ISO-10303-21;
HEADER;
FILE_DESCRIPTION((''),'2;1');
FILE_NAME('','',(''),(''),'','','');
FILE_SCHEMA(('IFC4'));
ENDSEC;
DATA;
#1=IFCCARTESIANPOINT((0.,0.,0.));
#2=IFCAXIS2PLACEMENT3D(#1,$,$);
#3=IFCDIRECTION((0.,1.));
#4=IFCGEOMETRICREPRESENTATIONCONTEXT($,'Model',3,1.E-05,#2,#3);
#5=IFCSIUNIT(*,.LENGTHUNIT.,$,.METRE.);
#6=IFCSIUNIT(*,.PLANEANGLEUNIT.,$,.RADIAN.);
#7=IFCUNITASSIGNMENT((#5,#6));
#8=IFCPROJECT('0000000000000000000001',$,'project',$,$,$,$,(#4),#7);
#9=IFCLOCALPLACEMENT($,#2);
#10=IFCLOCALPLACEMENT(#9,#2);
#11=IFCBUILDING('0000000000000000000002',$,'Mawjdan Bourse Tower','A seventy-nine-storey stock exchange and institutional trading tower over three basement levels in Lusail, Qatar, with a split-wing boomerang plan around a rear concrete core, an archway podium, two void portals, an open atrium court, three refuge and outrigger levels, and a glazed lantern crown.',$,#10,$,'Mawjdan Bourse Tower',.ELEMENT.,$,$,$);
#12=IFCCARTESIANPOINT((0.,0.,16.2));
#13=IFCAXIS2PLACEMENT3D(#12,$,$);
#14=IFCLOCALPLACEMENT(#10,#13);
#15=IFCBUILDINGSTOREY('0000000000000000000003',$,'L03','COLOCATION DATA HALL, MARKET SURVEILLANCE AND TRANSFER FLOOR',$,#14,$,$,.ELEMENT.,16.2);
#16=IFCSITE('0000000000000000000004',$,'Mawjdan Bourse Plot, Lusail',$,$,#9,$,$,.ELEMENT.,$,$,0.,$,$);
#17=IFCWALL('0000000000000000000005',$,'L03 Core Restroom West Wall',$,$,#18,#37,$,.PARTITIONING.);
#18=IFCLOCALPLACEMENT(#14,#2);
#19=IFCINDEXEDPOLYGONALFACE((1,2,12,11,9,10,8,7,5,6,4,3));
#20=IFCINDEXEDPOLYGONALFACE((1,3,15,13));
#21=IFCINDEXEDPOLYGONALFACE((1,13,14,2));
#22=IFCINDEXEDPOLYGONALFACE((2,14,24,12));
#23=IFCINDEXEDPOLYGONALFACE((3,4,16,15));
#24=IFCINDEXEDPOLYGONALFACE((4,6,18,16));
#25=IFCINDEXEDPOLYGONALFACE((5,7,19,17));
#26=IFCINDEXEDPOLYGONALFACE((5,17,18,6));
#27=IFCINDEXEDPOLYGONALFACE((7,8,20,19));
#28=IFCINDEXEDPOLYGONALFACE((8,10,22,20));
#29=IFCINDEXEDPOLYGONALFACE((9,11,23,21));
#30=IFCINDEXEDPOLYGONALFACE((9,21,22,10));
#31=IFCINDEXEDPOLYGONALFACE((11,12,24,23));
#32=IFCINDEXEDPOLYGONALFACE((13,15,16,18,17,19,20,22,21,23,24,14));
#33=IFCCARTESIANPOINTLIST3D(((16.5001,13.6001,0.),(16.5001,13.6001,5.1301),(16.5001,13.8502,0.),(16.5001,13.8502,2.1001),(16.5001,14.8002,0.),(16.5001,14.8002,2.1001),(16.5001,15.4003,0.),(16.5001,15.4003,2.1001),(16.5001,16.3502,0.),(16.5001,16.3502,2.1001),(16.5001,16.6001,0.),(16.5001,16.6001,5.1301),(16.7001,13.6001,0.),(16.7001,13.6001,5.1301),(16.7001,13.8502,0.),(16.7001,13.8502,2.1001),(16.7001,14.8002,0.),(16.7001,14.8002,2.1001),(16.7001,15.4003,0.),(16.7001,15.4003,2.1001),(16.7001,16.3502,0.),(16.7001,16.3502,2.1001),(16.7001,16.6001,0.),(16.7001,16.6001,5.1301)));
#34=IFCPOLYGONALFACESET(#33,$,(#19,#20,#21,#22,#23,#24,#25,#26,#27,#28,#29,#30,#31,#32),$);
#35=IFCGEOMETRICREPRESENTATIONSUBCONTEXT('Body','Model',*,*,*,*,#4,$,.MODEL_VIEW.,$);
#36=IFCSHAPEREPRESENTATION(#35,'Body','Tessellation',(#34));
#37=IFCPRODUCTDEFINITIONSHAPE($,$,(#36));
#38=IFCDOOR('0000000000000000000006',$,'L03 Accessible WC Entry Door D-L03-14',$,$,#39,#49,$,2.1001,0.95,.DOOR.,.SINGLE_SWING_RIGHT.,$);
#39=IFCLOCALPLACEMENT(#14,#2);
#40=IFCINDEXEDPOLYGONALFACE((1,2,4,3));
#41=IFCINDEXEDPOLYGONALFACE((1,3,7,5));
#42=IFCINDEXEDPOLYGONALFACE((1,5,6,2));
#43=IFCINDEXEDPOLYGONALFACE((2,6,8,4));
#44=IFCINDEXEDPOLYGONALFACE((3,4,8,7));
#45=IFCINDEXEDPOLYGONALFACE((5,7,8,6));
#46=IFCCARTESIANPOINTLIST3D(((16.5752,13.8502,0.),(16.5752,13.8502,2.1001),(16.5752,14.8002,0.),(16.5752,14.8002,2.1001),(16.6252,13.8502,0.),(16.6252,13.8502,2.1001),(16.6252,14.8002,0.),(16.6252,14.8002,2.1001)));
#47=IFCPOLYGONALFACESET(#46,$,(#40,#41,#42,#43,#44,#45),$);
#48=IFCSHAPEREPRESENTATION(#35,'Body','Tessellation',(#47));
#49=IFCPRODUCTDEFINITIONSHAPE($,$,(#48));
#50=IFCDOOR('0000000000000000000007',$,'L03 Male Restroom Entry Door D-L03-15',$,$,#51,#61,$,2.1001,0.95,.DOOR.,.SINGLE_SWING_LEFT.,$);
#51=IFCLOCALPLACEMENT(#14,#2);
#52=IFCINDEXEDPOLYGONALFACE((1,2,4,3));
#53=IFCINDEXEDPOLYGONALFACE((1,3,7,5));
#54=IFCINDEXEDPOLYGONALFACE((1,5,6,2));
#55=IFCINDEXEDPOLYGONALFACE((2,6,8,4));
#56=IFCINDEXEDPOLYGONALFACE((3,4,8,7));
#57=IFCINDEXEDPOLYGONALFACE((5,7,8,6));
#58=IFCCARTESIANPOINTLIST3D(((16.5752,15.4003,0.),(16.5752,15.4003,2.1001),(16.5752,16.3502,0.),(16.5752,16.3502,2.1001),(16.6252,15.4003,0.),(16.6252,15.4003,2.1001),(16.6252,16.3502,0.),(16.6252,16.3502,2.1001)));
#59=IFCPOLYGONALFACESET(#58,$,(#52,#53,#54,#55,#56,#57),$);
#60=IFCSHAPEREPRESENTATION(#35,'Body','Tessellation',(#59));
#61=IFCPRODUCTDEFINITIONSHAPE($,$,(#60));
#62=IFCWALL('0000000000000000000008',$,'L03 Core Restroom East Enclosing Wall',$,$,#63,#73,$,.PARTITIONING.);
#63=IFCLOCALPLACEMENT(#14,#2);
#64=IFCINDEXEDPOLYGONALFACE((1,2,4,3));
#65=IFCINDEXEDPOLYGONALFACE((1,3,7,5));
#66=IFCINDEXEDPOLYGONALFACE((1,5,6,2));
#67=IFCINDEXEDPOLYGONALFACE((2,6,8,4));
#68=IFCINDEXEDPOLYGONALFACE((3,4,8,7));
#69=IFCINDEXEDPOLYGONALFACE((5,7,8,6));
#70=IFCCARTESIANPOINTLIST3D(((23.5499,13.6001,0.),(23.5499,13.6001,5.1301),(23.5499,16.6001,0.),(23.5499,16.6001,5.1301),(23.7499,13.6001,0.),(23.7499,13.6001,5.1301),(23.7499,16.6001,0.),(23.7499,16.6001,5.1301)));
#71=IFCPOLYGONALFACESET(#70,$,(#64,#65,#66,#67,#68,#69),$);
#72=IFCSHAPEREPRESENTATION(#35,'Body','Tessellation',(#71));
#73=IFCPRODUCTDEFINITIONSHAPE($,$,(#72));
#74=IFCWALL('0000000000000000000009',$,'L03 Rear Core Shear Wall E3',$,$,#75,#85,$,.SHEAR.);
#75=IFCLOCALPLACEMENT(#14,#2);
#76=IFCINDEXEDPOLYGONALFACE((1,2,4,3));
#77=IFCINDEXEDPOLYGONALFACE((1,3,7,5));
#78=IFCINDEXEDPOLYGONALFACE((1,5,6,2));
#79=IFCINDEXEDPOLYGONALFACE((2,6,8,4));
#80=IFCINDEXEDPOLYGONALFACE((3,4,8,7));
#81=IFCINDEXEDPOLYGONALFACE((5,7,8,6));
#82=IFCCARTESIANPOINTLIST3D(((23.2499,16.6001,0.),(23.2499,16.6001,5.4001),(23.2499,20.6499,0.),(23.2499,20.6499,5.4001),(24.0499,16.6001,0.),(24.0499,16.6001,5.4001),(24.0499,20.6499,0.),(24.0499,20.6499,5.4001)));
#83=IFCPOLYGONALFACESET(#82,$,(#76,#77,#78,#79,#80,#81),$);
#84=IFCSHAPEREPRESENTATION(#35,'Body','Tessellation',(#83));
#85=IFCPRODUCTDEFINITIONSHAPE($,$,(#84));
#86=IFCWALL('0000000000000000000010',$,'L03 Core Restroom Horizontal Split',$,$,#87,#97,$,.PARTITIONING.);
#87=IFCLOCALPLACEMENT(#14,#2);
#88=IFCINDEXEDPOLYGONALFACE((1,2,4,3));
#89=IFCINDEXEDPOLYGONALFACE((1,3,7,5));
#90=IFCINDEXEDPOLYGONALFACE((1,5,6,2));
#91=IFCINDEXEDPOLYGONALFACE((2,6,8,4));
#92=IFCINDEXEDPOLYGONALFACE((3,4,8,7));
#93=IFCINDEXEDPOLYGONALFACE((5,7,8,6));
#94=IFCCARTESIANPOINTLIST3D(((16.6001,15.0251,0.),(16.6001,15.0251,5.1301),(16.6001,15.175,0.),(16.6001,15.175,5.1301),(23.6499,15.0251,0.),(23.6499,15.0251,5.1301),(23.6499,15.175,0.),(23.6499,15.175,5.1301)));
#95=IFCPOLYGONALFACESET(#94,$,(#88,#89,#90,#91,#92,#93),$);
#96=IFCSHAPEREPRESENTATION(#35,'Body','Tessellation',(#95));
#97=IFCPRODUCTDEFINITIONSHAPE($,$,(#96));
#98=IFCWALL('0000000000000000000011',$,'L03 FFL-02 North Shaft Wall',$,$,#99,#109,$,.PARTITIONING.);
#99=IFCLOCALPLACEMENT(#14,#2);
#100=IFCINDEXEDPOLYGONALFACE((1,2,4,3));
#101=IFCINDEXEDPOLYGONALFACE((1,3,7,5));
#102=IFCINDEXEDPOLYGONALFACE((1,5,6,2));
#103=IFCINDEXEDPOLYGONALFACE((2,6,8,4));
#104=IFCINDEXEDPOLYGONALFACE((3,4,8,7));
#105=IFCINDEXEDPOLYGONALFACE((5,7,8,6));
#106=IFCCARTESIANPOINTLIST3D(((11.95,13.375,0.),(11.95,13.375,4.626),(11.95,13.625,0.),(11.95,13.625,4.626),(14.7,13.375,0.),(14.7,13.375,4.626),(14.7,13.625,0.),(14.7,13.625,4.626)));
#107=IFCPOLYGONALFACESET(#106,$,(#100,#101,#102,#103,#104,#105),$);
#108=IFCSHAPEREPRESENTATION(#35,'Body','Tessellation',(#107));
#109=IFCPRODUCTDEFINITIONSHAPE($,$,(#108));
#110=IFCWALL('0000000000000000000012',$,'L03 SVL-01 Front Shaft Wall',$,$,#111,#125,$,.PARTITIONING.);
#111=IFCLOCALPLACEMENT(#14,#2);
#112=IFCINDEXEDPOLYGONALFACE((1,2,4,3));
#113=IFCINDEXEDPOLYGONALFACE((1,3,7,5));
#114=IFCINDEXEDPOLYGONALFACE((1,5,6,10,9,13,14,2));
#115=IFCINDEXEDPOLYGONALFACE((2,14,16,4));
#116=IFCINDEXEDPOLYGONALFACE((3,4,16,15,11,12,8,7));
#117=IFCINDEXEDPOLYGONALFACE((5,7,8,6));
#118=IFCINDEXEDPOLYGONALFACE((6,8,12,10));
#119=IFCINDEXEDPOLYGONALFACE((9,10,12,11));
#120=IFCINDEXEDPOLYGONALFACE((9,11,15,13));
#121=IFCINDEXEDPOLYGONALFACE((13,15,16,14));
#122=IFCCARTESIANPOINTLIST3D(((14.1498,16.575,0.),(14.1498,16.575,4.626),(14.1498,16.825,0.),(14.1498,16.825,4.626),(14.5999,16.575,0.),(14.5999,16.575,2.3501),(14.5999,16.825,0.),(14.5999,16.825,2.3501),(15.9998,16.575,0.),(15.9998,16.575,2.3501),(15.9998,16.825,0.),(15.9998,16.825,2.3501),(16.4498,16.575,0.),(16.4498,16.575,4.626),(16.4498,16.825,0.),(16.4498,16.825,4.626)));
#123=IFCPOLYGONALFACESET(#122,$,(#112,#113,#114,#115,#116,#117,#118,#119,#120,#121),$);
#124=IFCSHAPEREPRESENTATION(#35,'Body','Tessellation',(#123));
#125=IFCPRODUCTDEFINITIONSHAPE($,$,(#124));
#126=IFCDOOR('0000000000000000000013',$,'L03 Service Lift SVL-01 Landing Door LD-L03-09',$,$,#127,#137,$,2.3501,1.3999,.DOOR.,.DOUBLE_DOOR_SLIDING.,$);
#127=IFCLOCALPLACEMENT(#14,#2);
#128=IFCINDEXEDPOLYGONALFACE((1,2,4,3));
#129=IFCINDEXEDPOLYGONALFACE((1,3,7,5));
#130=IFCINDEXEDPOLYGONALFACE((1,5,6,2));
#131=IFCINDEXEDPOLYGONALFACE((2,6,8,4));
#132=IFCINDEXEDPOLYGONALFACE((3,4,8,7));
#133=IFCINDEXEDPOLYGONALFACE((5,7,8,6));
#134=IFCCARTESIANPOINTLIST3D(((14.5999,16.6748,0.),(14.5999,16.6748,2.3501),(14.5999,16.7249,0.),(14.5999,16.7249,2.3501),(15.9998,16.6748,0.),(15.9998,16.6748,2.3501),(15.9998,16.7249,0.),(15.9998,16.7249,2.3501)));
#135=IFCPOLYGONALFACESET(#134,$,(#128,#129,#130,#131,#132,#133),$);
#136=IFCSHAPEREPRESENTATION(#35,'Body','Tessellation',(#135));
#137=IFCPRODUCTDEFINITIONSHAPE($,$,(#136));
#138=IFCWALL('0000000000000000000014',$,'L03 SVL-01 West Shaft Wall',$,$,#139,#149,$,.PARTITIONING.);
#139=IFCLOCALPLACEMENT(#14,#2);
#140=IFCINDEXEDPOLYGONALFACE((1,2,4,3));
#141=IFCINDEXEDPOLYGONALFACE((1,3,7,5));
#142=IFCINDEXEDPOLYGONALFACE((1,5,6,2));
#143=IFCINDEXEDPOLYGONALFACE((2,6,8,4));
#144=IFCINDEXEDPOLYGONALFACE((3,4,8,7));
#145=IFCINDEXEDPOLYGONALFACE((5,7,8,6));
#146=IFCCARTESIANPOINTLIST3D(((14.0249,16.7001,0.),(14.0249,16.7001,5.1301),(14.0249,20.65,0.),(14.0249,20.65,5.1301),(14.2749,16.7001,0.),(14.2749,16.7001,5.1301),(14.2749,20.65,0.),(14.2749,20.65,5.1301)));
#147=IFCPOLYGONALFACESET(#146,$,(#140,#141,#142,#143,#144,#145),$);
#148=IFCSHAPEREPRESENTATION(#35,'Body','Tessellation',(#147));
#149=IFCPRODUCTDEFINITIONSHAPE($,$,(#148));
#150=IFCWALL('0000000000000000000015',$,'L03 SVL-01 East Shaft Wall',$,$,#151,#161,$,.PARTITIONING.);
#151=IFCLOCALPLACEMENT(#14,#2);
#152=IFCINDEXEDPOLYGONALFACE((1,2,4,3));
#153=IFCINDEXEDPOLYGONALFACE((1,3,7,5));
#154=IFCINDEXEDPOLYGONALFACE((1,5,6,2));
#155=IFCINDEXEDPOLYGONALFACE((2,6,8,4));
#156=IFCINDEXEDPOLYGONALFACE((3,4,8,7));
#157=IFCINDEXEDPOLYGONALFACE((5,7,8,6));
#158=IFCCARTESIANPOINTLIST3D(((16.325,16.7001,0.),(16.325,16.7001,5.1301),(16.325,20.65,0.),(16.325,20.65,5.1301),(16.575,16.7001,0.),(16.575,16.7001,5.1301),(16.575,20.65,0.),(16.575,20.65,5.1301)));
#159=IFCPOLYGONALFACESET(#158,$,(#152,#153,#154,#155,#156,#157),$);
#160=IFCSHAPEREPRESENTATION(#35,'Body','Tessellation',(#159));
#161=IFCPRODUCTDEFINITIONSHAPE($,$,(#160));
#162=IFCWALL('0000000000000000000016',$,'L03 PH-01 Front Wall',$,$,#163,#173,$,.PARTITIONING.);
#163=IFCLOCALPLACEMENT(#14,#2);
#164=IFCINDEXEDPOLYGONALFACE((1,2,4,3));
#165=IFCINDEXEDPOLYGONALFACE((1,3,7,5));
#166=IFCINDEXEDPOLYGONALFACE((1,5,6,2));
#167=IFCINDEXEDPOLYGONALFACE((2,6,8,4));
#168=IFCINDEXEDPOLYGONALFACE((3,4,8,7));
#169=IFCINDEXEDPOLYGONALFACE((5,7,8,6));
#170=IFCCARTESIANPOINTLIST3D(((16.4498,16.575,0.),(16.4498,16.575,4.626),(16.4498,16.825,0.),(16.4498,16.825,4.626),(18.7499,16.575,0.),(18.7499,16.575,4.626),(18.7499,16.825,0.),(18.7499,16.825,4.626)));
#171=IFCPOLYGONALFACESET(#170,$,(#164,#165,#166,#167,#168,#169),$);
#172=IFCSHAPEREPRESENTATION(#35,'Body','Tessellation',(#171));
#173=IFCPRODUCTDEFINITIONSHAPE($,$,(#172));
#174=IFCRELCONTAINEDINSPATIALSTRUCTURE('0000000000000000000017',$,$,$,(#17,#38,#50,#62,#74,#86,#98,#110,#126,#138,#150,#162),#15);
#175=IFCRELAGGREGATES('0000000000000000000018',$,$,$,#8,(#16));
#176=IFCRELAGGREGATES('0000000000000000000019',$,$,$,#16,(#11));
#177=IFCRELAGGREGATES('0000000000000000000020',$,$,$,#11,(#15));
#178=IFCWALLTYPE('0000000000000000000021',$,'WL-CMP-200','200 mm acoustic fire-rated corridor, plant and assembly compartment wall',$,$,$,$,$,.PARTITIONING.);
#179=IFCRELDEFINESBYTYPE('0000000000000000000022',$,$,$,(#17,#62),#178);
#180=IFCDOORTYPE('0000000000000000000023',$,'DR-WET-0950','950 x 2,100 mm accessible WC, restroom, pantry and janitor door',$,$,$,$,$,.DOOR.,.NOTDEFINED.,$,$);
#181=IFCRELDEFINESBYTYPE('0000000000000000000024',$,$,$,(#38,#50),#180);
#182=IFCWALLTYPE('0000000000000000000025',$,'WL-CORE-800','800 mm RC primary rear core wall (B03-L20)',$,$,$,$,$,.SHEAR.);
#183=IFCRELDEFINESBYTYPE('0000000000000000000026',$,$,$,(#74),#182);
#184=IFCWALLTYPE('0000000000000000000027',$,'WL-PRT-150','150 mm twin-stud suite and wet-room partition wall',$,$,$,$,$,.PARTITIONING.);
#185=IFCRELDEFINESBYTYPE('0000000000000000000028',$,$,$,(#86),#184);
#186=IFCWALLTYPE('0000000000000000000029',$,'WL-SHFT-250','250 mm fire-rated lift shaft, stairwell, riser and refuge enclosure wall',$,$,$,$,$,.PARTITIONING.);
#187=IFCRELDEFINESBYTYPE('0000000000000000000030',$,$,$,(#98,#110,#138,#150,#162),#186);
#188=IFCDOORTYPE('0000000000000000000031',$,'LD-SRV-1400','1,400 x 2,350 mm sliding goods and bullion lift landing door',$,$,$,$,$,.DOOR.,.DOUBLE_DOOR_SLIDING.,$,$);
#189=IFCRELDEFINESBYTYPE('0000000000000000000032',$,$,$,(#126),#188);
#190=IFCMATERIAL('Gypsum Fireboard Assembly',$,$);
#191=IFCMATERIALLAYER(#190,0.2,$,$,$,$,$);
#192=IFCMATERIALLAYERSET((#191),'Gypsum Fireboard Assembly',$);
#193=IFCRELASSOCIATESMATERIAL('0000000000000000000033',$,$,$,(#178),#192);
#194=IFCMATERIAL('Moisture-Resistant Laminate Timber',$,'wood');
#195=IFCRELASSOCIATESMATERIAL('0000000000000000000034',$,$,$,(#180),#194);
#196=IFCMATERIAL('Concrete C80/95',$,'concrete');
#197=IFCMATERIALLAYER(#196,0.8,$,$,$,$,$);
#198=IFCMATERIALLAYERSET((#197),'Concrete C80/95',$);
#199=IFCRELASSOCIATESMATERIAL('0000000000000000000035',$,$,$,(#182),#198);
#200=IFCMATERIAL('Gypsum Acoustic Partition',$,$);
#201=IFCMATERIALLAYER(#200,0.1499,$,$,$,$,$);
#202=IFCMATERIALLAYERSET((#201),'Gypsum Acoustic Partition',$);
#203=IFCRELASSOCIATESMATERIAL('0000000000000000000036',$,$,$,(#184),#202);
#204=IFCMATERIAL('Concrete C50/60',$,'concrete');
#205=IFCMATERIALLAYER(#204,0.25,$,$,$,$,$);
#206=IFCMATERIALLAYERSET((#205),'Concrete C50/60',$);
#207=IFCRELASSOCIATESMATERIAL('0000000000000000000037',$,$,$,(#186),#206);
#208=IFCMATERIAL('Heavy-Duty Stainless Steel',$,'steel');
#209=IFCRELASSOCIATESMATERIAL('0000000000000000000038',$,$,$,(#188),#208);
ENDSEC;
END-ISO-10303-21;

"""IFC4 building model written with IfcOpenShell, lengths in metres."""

from ifc_helpers import new_model, si_unit, direction, frame, frame_2d, origin, place, context, subcontext, project, spatial, rectangle, extrude, material, layer, layer_set, type_object, element, fill, save


model = new_model("IFC4")

# Units and contexts
model_context = context("Model", 3, precision=1e-05, world=origin(), true_north=direction((0.0, 1.0)))
body_context = subcontext(model_context, "Body", "Model", "MODEL_VIEW")
ifc_project = project(units=[si_unit("LENGTHUNIT", "METRE"), si_unit("PLANEANGLEUNIT", "RADIAN")], contexts=[model_context])

# Site, building, storey
site_placement = place(None, origin())
site = spatial("IfcSite", under=ifc_project, at=site_placement, Name="Mawjdan Bourse Plot, Lusail", CompositionType="ELEMENT", RefElevation=0.0)
building_placement = place(site_placement, origin())
building = spatial("IfcBuilding", under=site, at=building_placement, Name="Mawjdan Bourse Tower", Description="A seventy-nine-storey stock exchange and institutional trading tower over three basement levels in Lusail, Qatar, with a split-wing boomerang plan around a rear concrete core, an archway podium, two void portals, an open atrium court, three refuge and outrigger levels, and a glazed lantern crown.", LongName="Mawjdan Bourse Tower", CompositionType="ELEMENT")
storey_placement = place(building_placement, frame((0.0, 0.0, 16.2)))
storey = spatial("IfcBuildingStorey", under=building, at=storey_placement, Name="L03", Description="COLOCATION DATA HALL, MARKET SURVEILLANCE AND TRANSFER FLOOR", CompositionType="ELEMENT", Elevation=16.2)

# Wall, openings, doors
ifc_material_1 = material(Name="Gypsum Fireboard Assembly")
ifc_layer_1 = layer(ifc_material_1, 0.2)
ifc_layer_set_1 = layer_set([ifc_layer_1], Name="Gypsum Fireboard Assembly")
wall_type_1 = type_object("IfcWallType", Name="WL-CMP-200", Description="200 mm acoustic fire-rated corridor, plant and assembly compartment wall", PredefinedType="PARTITIONING", material=ifc_layer_set_1)
wall_1_placement = place(storey_placement, frame((16.6001, 13.6001, 0.0), z_axis=(0.0, 0.0, 1.0), x_axis=(0.0, 1.0, 0.0)))
wall_1 = element("IfcWall", 1, at=wall_1_placement, inside=storey, type_object=wall_type_1, Name="L03 Core Restroom West Wall", PredefinedType="PARTITIONING", context=body_context, shape_type="SweptSolid", body=[
    extrude(rectangle(XDim=3.0, YDim=0.2, at=frame_2d((1.5, 0.0))), origin(), (0.0, 0.0, 1.0), 5.1301),
])
opening_1_placement = place(wall_1_placement, frame((0.25, 0.0, 0.0)))
opening_1 = element("IfcOpeningElement", 2, at=opening_1_placement, cuts=wall_1, PredefinedType="OPENING", context=body_context, shape_type="SweptSolid", body=[
    extrude(rectangle(XDim=0.95, YDim=2.1001, at=frame_2d((0.4751, 1.05))), frame((0.0, 0.1099, 0.0), z_axis=(0.0, -1.0, 0.0), x_axis=(1.0, 0.0, 0.0)), (0.0, 0.0, 1.0), 0.22),
])
opening_2_placement = place(wall_1_placement, frame((1.8, 0.0, 0.0)))
opening_2 = element("IfcOpeningElement", 3, at=opening_2_placement, cuts=wall_1, PredefinedType="OPENING", context=body_context, shape_type="SweptSolid", body=[
    extrude(rectangle(XDim=0.95, YDim=2.1001, at=frame_2d((0.4751, 1.05))), frame((0.0, 0.1099, 0.0), z_axis=(0.0, -1.0, 0.0), x_axis=(1.0, 0.0, 0.0)), (0.0, 0.0, 1.0), 0.22),
])
ifc_material_2 = material(Name="Moisture-Resistant Laminate Timber", Category="wood")
door_type_1 = type_object("IfcDoorType", Name="DR-WET-0950", Description="950 x 2,100 mm accessible WC, restroom, pantry and janitor door", OperationType="NOTDEFINED", PredefinedType="DOOR", material=ifc_material_2)
door_1_placement = place(opening_1_placement, origin())
door_1 = element("IfcDoor", 4, at=door_1_placement, inside=storey, type_object=door_type_1, Name="L03 Accessible WC Entry Door D-L03-14", OperationType="SINGLE_SWING_RIGHT", OverallHeight=2.1001, OverallWidth=0.95, PredefinedType="DOOR", context=body_context, shape_type="SweptSolid", body=[
    extrude(rectangle(XDim=0.95, YDim=2.1001, at=frame_2d((0.4751, 1.05))), frame((0.0, 0.0249, 0.0), z_axis=(0.0, -1.0, 0.0), x_axis=(1.0, 0.0, 0.0)), (0.0, 0.0, 1.0), 0.05),
])
fill(opening_1, door_1)
door_2_placement = place(opening_2_placement, origin())
door_2 = element("IfcDoor", 5, at=door_2_placement, inside=storey, type_object=door_type_1, Name="L03 Male Restroom Entry Door D-L03-15", OperationType="SINGLE_SWING_LEFT", OverallHeight=2.1001, OverallWidth=0.95, PredefinedType="DOOR", context=body_context, shape_type="SweptSolid", body=[
    extrude(rectangle(XDim=0.95, YDim=2.1001, at=frame_2d((0.4751, 1.05))), frame((0.0, 0.0249, 0.0), z_axis=(0.0, -1.0, 0.0), x_axis=(1.0, 0.0, 0.0)), (0.0, 0.0, 1.0), 0.05),
])
fill(opening_2, door_2)

# Walls
wall_2_placement = place(storey_placement, frame((23.6499, 13.6001, 0.0), z_axis=(0.0, 0.0, 1.0), x_axis=(0.0, 1.0, 0.0)))
element("IfcWall", 6, at=wall_2_placement, inside=storey, type_object=wall_type_1, Name="L03 Core Restroom East Enclosing Wall", PredefinedType="PARTITIONING", context=body_context, shape_type="SweptSolid", body=[
    extrude(rectangle(XDim=3.0, YDim=0.2, at=frame_2d((1.5, 0.0))), origin(), (0.0, 0.0, 1.0), 5.1301),
])
ifc_material_3 = material(Name="Concrete C80/95", Category="concrete")
ifc_layer_2 = layer(ifc_material_3, 0.8)
ifc_layer_set_2 = layer_set([ifc_layer_2], Name="Concrete C80/95")
wall_type_2 = type_object("IfcWallType", Name="WL-CORE-800", Description="800 mm RC primary rear core wall (B03-L20)", PredefinedType="SHEAR", material=ifc_layer_set_2)
wall_3_placement = place(storey_placement, frame((23.6499, 16.6001, 0.0), z_axis=(0.0, 0.0, 1.0), x_axis=(0.0, 1.0, 0.0)))
element("IfcWall", 7, at=wall_3_placement, inside=storey, type_object=wall_type_2, Name="L03 Rear Core Shear Wall E3", PredefinedType="SHEAR", context=body_context, shape_type="SweptSolid", body=[
    extrude(rectangle(XDim=4.0498, YDim=0.8, at=frame_2d((2.0249, 0.0))), origin(), (0.0, 0.0, 1.0), 5.4001),
])
ifc_material_4 = material(Name="Gypsum Acoustic Partition")
ifc_layer_3 = layer(ifc_material_4, 0.1499)
ifc_layer_set_3 = layer_set([ifc_layer_3], Name="Gypsum Acoustic Partition")
wall_type_3 = type_object("IfcWallType", Name="WL-PRT-150", Description="150 mm twin-stud suite and wet-room partition wall", PredefinedType="PARTITIONING", material=ifc_layer_set_3)
wall_4_placement = place(storey_placement, frame((16.6001, 15.1001, 0.0), z_axis=(0.0, 0.0, 1.0), x_axis=(1.0, 0.0, 0.0)))
element("IfcWall", 8, at=wall_4_placement, inside=storey, type_object=wall_type_3, Name="L03 Core Restroom Horizontal Split", PredefinedType="PARTITIONING", context=body_context, shape_type="SweptSolid", body=[
    extrude(rectangle(XDim=7.0498, YDim=0.1499, at=frame_2d((3.5249, 0.0))), origin(), (0.0, 0.0, 1.0), 5.1301),
])
ifc_material_5 = material(Name="Concrete C50/60", Category="concrete")
ifc_layer_4 = layer(ifc_material_5, 0.25)
ifc_layer_set_4 = layer_set([ifc_layer_4], Name="Concrete C50/60")
wall_type_4 = type_object("IfcWallType", Name="WL-SHFT-250", Description="250 mm fire-rated lift shaft, stairwell, riser and refuge enclosure wall", PredefinedType="PARTITIONING", material=ifc_layer_set_4)
wall_5_placement = place(storey_placement, frame((11.95, 13.5, 0.0), z_axis=(0.0, 0.0, 1.0), x_axis=(1.0, 0.0, 0.0)))
element("IfcWall", 9, at=wall_5_placement, inside=storey, type_object=wall_type_4, Name="L03 FFL-02 North Shaft Wall", PredefinedType="PARTITIONING", context=body_context, shape_type="SweptSolid", body=[
    extrude(rectangle(XDim=2.75, YDim=0.25, at=frame_2d((1.375, 0.0))), origin(), (0.0, 0.0, 1.0), 4.626),
])

# Wall, opening, door
wall_6_placement = place(storey_placement, frame((14.1499, 16.7, 0.0), z_axis=(0.0, 0.0, 1.0), x_axis=(1.0, 0.0, 0.0)))
wall_6 = element("IfcWall", 10, at=wall_6_placement, inside=storey, type_object=wall_type_4, Name="L03 SVL-01 Front Shaft Wall", PredefinedType="PARTITIONING", context=body_context, shape_type="SweptSolid", body=[
    extrude(rectangle(XDim=2.3, YDim=0.25, at=frame_2d((1.1499, 0.0))), origin(), (0.0, 0.0, 1.0), 4.626),
])
opening_3_placement = place(wall_6_placement, frame((0.45, 0.0, 0.0)))
opening_3 = element("IfcOpeningElement", 11, at=opening_3_placement, cuts=wall_6, PredefinedType="OPENING", context=body_context, shape_type="SweptSolid", body=[
    extrude(rectangle(XDim=1.3999, YDim=2.3501, at=frame_2d((0.7, 1.175))), frame((0.0, 0.135, 0.0), z_axis=(0.0, -1.0, 0.0), x_axis=(1.0, 0.0, 0.0)), (0.0, 0.0, 1.0), 0.27),
])
ifc_material_6 = material(Name="Heavy-Duty Stainless Steel", Category="steel")
door_type_2 = type_object("IfcDoorType", Name="LD-SRV-1400", Description="1,400 x 2,350 mm sliding goods and bullion lift landing door", OperationType="DOUBLE_DOOR_SLIDING", PredefinedType="DOOR", material=ifc_material_6)
door_3_placement = place(opening_3_placement, origin())
door_3 = element("IfcDoor", 12, at=door_3_placement, inside=storey, type_object=door_type_2, Name="L03 Service Lift SVL-01 Landing Door LD-L03-09", OperationType="DOUBLE_DOOR_SLIDING", OverallHeight=2.3501, OverallWidth=1.3999, PredefinedType="DOOR", context=body_context, shape_type="SweptSolid", body=[
    extrude(rectangle(XDim=1.3999, YDim=2.3501, at=frame_2d((0.7, 1.175))), frame((0.0, 0.0249, 0.0), z_axis=(0.0, -1.0, 0.0), x_axis=(1.0, 0.0, 0.0)), (0.0, 0.0, 1.0), 0.05),
])
fill(opening_3, door_3)

# Walls
for number, where, z_axis, x_axis, name in (
    (13, (14.1499, 16.7, 0.0), (0.0, 0.0, 1.0), (0.0, 1.0, 0.0), "L03 SVL-01 West Shaft Wall"),
    (14, (16.45, 16.7, 0.0), (0.0, 0.0, 1.0), (0.0, 1.0, 0.0), "L03 SVL-01 East Shaft Wall"),
):
    element("IfcWall", number, at=place(storey_placement, frame(where, z_axis=z_axis, x_axis=x_axis)), inside=storey, type_object=wall_type_4, Name=name, PredefinedType="PARTITIONING", context=body_context, shape_type="SweptSolid", body=[
        extrude(rectangle(XDim=3.95, YDim=0.25, at=frame_2d((1.9751, 0.0))), origin(), (0.0, 0.0, 1.0), 5.1301),
    ])
wall_7_placement = place(storey_placement, frame((16.45, 16.7, 0.0), z_axis=(0.0, 0.0, 1.0), x_axis=(1.0, 0.0, 0.0)))
element("IfcWall", 15, at=wall_7_placement, inside=storey, type_object=wall_type_4, Name="L03 PH-01 Front Wall", PredefinedType="PARTITIONING", context=body_context, shape_type="SweptSolid", body=[
    extrude(rectangle(XDim=2.3, YDim=0.25, at=frame_2d((1.1499, 0.0))), origin(), (0.0, 0.0, 1.0), 4.626),
])

save(model, "model.ifc")
